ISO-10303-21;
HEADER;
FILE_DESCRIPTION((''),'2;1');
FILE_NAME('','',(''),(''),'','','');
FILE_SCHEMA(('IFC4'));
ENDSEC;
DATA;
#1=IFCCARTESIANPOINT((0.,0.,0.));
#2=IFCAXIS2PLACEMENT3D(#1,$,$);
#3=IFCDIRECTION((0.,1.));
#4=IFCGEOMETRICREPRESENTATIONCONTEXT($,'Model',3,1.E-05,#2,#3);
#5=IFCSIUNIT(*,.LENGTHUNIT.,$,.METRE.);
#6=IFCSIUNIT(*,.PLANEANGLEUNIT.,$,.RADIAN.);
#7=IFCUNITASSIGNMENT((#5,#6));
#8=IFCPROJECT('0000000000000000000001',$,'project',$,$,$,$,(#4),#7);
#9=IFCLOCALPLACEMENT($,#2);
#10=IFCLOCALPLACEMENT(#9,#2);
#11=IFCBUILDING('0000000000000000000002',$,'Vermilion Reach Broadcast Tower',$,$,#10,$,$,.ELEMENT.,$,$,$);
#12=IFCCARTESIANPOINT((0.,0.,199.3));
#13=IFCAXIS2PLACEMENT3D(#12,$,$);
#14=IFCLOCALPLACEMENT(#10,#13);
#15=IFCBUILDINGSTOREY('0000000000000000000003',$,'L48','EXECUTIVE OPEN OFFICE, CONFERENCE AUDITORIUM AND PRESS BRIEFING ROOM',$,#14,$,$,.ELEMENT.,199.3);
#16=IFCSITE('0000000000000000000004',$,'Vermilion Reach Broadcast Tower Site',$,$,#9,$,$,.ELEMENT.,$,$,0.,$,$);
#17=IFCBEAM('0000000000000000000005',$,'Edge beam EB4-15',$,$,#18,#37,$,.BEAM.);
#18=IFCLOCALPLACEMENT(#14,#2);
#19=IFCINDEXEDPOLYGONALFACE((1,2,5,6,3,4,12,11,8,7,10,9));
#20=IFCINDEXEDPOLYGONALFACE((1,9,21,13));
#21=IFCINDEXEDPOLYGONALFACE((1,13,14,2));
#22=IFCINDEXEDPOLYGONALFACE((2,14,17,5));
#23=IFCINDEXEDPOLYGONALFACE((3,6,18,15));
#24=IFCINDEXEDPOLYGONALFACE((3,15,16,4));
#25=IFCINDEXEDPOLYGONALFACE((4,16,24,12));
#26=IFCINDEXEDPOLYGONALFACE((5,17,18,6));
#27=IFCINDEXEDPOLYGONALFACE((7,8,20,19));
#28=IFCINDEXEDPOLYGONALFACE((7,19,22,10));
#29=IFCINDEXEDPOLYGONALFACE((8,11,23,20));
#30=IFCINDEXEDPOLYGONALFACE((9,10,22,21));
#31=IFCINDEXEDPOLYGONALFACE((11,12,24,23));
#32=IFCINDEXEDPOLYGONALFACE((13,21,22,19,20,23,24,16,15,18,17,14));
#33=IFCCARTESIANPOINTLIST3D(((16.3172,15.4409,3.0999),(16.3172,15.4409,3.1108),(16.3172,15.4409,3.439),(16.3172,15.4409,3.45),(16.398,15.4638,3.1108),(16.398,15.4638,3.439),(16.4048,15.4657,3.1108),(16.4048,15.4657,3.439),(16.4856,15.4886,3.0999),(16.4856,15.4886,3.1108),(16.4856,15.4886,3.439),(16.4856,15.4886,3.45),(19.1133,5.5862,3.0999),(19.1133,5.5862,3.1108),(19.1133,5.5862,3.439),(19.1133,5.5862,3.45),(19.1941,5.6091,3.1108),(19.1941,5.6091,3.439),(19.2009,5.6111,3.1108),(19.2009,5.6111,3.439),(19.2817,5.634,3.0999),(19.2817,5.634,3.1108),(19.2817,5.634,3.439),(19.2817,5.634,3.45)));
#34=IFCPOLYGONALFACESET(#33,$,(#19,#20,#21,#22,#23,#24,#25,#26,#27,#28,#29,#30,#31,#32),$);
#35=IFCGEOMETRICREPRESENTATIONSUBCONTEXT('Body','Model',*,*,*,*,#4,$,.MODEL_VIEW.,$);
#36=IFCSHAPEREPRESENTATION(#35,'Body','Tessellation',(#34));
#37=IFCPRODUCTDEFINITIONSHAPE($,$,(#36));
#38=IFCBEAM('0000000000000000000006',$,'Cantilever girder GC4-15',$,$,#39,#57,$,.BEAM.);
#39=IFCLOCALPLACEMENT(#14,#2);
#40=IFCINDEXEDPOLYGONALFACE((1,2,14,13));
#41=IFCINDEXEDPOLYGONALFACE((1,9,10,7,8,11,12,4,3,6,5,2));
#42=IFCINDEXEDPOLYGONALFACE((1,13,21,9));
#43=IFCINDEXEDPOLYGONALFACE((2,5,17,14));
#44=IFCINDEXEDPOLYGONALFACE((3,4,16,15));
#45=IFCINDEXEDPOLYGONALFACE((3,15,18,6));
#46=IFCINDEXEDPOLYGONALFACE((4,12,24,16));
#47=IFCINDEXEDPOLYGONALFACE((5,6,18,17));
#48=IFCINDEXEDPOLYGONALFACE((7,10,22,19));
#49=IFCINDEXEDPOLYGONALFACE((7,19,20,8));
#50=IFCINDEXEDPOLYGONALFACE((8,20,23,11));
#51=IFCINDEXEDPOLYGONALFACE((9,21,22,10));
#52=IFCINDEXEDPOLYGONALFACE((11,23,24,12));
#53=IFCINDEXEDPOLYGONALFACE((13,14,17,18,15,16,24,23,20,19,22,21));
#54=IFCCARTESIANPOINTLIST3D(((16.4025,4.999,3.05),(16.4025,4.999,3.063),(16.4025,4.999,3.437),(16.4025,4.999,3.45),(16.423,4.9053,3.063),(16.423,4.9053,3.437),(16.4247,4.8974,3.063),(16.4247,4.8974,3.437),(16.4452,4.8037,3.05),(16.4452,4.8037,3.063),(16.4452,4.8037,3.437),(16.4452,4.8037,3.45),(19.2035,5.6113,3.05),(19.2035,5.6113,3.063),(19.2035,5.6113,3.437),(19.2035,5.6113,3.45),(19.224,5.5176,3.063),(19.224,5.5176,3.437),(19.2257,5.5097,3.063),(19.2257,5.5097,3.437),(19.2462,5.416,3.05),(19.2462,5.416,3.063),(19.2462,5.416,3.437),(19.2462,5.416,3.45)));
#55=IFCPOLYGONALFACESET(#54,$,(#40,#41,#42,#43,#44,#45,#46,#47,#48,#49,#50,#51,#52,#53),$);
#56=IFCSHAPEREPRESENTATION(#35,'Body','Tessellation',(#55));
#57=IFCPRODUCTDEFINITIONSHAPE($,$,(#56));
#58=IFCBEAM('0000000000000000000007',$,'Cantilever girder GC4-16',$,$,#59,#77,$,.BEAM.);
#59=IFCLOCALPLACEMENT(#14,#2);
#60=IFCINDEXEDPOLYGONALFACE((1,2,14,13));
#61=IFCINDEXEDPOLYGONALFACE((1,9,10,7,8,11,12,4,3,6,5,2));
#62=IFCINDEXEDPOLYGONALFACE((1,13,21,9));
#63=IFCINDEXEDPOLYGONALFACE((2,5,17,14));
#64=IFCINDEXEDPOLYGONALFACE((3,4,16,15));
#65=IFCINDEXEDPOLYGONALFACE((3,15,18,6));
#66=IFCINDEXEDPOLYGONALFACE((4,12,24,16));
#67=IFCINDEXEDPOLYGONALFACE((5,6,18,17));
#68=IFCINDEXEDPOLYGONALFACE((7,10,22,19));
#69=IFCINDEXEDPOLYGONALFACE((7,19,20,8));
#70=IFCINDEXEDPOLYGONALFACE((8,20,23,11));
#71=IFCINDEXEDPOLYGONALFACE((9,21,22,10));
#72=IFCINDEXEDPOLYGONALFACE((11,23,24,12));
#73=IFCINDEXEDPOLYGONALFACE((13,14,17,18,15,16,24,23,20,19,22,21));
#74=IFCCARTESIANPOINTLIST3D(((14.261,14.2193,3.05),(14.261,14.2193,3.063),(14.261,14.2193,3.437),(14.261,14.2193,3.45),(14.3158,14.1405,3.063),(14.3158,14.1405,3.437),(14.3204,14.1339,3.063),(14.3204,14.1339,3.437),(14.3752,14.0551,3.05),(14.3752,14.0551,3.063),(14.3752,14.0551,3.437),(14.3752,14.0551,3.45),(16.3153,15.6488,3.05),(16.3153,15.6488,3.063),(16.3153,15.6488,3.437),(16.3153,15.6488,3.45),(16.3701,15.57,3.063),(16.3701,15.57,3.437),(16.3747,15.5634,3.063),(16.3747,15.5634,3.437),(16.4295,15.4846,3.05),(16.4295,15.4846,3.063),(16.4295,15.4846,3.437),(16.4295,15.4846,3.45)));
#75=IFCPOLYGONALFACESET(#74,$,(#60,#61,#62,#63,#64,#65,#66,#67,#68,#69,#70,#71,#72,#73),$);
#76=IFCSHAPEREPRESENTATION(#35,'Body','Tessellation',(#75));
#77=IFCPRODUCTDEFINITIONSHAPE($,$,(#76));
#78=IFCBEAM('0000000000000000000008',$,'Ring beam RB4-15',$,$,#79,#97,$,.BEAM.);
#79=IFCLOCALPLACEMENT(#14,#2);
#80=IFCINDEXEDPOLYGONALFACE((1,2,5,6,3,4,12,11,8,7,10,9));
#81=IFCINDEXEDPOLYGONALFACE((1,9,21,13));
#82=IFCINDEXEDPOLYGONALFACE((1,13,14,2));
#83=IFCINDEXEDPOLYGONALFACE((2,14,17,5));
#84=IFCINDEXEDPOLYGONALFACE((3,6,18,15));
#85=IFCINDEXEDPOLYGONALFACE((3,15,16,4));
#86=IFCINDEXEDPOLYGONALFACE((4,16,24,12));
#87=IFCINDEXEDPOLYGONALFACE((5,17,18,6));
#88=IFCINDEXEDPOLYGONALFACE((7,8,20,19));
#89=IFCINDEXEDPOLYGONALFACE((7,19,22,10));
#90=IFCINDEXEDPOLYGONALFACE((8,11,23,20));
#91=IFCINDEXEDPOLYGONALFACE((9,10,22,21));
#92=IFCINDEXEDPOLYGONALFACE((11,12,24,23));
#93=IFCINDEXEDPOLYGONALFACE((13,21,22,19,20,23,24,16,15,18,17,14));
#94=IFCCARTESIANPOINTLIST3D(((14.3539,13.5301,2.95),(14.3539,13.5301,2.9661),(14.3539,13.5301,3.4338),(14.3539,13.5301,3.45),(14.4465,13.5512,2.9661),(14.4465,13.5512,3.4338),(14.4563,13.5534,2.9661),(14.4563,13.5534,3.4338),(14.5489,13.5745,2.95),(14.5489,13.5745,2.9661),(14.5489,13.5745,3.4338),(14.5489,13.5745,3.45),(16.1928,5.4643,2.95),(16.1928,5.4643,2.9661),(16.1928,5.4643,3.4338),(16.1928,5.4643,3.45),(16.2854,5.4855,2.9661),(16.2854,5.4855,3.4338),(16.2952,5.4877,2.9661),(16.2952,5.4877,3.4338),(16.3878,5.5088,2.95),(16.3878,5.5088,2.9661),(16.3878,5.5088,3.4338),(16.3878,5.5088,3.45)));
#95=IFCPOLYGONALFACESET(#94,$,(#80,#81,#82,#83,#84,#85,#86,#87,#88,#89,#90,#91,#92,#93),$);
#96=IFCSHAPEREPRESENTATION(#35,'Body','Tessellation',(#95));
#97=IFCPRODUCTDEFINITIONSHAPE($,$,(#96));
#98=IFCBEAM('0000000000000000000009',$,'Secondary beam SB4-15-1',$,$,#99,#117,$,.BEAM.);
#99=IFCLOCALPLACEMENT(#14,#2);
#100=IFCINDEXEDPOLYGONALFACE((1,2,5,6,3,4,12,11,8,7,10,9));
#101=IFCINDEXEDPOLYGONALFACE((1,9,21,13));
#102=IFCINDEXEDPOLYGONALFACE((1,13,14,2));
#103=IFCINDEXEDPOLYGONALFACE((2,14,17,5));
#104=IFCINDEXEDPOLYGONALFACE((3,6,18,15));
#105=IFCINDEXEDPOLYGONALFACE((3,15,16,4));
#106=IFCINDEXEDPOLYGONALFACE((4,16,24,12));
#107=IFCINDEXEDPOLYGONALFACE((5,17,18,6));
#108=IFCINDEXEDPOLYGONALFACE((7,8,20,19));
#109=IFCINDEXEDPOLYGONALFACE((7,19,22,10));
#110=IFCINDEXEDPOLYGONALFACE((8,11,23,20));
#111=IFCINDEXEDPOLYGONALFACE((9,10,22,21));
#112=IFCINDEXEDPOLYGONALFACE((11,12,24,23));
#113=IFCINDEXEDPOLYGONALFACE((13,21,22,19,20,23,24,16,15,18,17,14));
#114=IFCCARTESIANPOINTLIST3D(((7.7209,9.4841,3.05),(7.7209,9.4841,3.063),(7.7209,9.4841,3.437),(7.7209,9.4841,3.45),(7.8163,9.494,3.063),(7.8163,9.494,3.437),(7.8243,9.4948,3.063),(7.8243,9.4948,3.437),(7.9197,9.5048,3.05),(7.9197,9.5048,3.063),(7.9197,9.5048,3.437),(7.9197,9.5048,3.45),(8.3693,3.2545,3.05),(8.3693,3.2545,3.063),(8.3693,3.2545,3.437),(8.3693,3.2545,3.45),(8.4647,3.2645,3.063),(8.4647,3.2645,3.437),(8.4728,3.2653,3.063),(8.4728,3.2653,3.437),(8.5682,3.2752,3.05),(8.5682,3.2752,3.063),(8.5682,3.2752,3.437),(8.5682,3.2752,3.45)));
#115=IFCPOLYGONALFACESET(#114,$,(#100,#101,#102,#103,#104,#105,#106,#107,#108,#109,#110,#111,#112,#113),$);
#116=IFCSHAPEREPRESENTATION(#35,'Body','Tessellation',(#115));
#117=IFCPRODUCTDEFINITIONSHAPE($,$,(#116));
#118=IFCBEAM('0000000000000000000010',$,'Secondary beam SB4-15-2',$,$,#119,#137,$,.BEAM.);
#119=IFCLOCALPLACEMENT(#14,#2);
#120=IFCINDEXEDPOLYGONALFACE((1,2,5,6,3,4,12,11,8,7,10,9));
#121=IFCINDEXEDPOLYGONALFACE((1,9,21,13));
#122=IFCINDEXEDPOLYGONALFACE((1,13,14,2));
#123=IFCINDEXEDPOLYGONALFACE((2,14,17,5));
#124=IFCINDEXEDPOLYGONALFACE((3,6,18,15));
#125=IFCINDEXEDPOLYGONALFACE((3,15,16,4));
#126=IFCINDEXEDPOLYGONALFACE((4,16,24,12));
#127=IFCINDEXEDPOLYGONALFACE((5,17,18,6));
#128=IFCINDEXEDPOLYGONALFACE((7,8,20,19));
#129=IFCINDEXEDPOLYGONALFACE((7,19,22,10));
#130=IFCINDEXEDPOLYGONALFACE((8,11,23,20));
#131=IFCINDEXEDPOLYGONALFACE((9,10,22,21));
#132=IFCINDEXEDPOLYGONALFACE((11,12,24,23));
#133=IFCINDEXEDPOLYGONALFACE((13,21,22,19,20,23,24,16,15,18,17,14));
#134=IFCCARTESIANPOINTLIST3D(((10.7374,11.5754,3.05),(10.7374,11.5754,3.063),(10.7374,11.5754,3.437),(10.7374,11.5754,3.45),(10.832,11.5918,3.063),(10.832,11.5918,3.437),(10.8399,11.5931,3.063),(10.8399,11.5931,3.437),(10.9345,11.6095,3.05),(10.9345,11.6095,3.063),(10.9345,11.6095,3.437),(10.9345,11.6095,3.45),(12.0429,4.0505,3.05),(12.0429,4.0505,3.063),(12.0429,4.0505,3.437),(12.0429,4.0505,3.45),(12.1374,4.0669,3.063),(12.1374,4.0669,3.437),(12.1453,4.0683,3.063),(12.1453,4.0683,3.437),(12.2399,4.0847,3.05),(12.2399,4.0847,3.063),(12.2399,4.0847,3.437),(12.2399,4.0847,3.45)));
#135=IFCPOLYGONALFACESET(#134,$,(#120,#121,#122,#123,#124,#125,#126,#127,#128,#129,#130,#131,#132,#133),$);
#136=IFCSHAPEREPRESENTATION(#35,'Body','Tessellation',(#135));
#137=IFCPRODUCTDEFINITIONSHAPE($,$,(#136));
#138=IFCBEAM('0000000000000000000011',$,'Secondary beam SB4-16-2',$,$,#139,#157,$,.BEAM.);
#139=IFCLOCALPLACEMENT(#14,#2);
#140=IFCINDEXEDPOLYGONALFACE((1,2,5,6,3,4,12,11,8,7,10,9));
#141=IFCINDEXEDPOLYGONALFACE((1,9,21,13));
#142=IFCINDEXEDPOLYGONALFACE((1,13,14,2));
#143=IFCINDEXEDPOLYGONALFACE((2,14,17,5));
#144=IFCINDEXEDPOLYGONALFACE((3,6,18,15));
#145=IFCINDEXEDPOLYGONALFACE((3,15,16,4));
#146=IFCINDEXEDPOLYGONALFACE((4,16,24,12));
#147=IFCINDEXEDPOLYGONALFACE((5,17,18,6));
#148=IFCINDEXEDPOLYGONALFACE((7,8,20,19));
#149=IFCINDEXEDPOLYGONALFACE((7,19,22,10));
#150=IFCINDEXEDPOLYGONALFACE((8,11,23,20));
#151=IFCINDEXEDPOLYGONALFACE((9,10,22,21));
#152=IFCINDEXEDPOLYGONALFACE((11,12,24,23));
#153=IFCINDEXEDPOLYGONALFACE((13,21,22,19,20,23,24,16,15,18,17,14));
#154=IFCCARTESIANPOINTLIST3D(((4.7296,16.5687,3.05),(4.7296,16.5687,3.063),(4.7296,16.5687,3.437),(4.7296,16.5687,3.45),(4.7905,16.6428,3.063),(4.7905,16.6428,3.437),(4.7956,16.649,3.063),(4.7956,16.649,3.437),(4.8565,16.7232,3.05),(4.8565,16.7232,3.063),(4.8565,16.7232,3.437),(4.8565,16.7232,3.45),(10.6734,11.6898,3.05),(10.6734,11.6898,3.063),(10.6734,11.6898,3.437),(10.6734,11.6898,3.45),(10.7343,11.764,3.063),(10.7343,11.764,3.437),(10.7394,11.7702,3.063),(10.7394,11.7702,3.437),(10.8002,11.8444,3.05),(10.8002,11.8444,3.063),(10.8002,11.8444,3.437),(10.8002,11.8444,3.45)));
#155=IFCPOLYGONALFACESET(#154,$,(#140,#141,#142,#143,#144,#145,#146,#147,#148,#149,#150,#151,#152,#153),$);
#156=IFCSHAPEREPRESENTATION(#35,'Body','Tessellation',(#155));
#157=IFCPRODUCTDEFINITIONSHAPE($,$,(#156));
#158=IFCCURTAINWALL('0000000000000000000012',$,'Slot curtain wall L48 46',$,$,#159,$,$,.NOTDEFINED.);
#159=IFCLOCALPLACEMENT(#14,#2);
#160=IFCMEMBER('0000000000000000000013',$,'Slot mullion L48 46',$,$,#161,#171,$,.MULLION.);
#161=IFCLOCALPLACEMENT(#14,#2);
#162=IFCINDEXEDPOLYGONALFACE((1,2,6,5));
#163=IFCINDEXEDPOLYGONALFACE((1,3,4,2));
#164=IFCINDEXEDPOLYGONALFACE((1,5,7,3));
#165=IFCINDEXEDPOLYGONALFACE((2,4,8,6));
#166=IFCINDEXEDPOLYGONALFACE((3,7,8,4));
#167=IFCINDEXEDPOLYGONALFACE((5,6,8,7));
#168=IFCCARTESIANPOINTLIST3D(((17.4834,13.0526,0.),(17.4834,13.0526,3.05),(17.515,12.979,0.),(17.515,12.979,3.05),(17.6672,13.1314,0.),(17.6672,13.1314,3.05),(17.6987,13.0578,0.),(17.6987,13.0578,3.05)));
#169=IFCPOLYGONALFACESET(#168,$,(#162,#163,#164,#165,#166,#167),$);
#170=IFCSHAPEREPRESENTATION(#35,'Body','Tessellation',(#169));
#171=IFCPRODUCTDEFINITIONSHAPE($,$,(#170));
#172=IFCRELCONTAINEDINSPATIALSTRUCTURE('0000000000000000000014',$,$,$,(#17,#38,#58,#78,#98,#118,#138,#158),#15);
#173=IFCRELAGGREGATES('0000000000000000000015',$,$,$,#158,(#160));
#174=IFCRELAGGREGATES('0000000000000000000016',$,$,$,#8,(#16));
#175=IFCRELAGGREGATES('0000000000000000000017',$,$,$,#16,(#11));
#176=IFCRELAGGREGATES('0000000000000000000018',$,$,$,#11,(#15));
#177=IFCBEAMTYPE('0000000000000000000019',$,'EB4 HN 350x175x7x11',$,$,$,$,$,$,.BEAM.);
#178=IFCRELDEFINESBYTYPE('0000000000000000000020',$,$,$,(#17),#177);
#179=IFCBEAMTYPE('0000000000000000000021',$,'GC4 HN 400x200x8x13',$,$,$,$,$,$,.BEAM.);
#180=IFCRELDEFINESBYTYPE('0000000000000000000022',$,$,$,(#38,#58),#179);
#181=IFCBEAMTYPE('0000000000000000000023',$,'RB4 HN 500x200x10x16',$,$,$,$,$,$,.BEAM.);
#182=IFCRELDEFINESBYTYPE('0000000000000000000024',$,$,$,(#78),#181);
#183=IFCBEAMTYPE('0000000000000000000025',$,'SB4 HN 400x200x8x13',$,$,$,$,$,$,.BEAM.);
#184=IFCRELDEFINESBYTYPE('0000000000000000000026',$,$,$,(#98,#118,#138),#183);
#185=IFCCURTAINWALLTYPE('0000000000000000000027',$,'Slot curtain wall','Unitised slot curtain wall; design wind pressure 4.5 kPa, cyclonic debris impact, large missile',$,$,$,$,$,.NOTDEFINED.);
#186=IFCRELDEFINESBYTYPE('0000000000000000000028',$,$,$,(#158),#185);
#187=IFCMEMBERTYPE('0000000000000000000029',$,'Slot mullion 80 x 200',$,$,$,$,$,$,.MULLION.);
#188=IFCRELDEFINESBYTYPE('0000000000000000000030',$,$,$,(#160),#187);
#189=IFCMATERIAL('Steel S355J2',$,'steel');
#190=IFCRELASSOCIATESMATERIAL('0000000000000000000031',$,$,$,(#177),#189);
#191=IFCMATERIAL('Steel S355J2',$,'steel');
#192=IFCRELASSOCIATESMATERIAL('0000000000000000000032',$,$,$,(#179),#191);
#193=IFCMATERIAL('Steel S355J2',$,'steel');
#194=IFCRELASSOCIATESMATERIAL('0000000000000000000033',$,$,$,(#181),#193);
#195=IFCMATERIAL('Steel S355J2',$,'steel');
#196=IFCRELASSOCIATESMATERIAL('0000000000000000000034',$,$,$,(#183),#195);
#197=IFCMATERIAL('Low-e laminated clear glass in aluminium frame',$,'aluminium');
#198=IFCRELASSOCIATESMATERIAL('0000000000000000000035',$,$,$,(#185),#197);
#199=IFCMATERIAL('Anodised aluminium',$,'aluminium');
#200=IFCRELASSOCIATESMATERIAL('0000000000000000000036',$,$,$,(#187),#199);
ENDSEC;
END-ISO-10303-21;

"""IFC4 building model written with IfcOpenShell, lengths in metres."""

from ifc_helpers import new_model, si_unit, direction, frame, origin, origin_2d, place, context, subcontext, project, spatial, rectangle, i_section, extrude, material, material_profile, profile_set, type_object, element, aggregate, save


model = new_model("IFC4")

# Units and contexts
model_context = context("Model", 3, precision=1e-05, world=origin(), true_north=direction((0.0, 1.0)))
body_context = subcontext(model_context, "Body", "Model", "MODEL_VIEW")
ifc_project = project(units=[si_unit("LENGTHUNIT", "METRE"), si_unit("PLANEANGLEUNIT", "RADIAN")], contexts=[model_context])

# Site, building, storey
site_placement = place(None, origin())
site = spatial("IfcSite", under=ifc_project, at=site_placement, Name="Vermilion Reach Broadcast Tower Site", CompositionType="ELEMENT", RefElevation=0.0)
building_placement = place(site_placement, origin())
building = spatial("IfcBuilding", under=site, at=building_placement, Name="Vermilion Reach Broadcast Tower", CompositionType="ELEMENT")
storey_placement = place(building_placement, frame((0.0, 0.0, 199.3)))
storey = spatial("IfcBuildingStorey", under=building, at=storey_placement, Name="L48", Description="EXECUTIVE OPEN OFFICE, CONFERENCE AUDITORIUM AND PRESS BRIEFING ROOM", CompositionType="ELEMENT", Elevation=199.3)

# Beams
ifc_material_1 = material(Name="Steel S355J2", Category="steel")
ifc_material_profile_1 = material_profile(ifc_material_1, i_section(OverallWidth=0.175, OverallDepth=0.3501, WebThickness=0.0071, FlangeThickness=0.011, at=origin_2d()), Name="S355J2 HN 350x175x7x11")
ifc_profile_set_1 = profile_set([ifc_material_profile_1], Name="Steel S355J2")
beam_type_1 = type_object("IfcBeamType", Name="EB4 HN 350x175x7x11", PredefinedType="BEAM", material=ifc_profile_set_1)
beam_1_placement = place(storey_placement, frame((19.1975, 5.6101, 3.2749), z_axis=(-0.272961, 0.962025, 0.0), x_axis=(-0.962025, -0.272961, 0.0)))
element("IfcBeam", 1, at=beam_1_placement, inside=storey, type_object=beam_type_1, Name="Edge beam EB4-15", PredefinedType="BEAM", context=body_context, shape_type="SweptSolid", body=[
    extrude(i_section(OverallWidth=0.175, OverallDepth=0.3501, WebThickness=0.0071, FlangeThickness=0.011, at=origin_2d()), origin(), (0.0, 0.0, 1.0), 10.2437),
])
ifc_material_2 = material(Name="Steel S355J2", Category="steel")
ifc_material_profile_2 = material_profile(ifc_material_2, i_section(OverallWidth=0.2, OverallDepth=0.3999, WebThickness=0.0081, FlangeThickness=0.0129, at=origin_2d()), Name="S355J2 HN 400x200x8x13")
ifc_profile_set_2 = profile_set([ifc_material_profile_2], Name="Steel S355J2")
beam_type_2 = type_object("IfcBeamType", Name="GC4 HN 400x200x8x13", PredefinedType="BEAM", material=ifc_profile_set_2)
beam_2_placement = place(storey_placement, frame((16.4238, 4.9014, 3.25), z_axis=(0.976931, 0.213557, 0.0), x_axis=(-0.213557, 0.976931, 0.0)))
element("IfcBeam", 2, at=beam_2_placement, inside=storey, type_object=beam_type_2, Name="Cantilever girder GC4-15", PredefinedType="BEAM", context=body_context, shape_type="SweptSolid", body=[
    extrude(i_section(OverallWidth=0.2, OverallDepth=0.3999, WebThickness=0.0081, FlangeThickness=0.0129, at=origin_2d()), origin(), (0.0, 0.0, 1.0), 2.8672),
])
beam_3_placement = place(storey_placement, frame((14.3181, 14.1372, 3.25), z_axis=(0.820824, 0.571182, 0.0), x_axis=(-0.571182, 0.820824, 0.0)))
element("IfcBeam", 3, at=beam_3_placement, inside=storey, type_object=beam_type_2, Name="Cantilever girder GC4-16", PredefinedType="BEAM", context=body_context, shape_type="SweptSolid", body=[
    extrude(i_section(OverallWidth=0.2, OverallDepth=0.3999, WebThickness=0.0081, FlangeThickness=0.0129, at=origin_2d()), origin(), (0.0, 0.0, 1.0), 2.5027),
])
ifc_material_3 = material(Name="Steel S355J2", Category="steel")
ifc_material_profile_3 = material_profile(ifc_material_3, i_section(OverallWidth=0.2, OverallDepth=0.5, WebThickness=0.01, FlangeThickness=0.0161, at=origin_2d()), Name="S355J2 HN 500x200x10x16")
ifc_profile_set_3 = profile_set([ifc_material_profile_3], Name="Steel S355J2")
beam_type_3 = type_object("IfcBeamType", Name="RB4 HN 500x200x10x16", PredefinedType="BEAM", material=ifc_profile_set_3)
beam_4_placement = place(storey_placement, frame((16.2903, 5.4866, 3.2), z_axis=(-0.222283, 0.974982, 0.0), x_axis=(-0.974982, -0.222283, 0.0)))
element("IfcBeam", 4, at=beam_4_placement, inside=storey, type_object=beam_type_3, Name="Ring beam RB4-15", PredefinedType="BEAM", context=body_context, shape_type="SweptSolid", body=[
    extrude(i_section(OverallWidth=0.2, OverallDepth=0.5, WebThickness=0.01, FlangeThickness=0.0161, at=origin_2d()), origin(), (0.0, 0.0, 1.0), 8.2727),
])
ifc_material_4 = material(Name="Steel S355J2", Category="steel")
ifc_material_profile_4 = material_profile(ifc_material_4, i_section(OverallWidth=0.2, OverallDepth=0.3999, WebThickness=0.0081, FlangeThickness=0.0129, at=origin_2d()), Name="S355J2 HN 400x200x8x13")
ifc_profile_set_4 = profile_set([ifc_material_profile_4], Name="Steel S355J2")
beam_type_4 = type_object("IfcBeamType", Name="SB4 HN 400x200x8x13", PredefinedType="BEAM", material=ifc_profile_set_4)
beam_5_placement = place(storey_placement, frame((8.4688, 3.2649, 3.25), z_axis=(-0.103532, 0.994626, 0.0), x_axis=(-0.994626, -0.103532, 0.0)))
element("IfcBeam", 5, at=beam_5_placement, inside=storey, type_object=beam_type_4, Name="Secondary beam SB4-15-1", PredefinedType="BEAM", context=body_context, shape_type="SweptSolid", body=[
    extrude(i_section(OverallWidth=0.2, OverallDepth=0.3999, WebThickness=0.0081, FlangeThickness=0.0129, at=origin_2d()), origin(), (0.0, 0.0, 1.0), 6.2632),
])
beam_6_placement = place(storey_placement, frame((12.1414, 4.0676, 3.25), z_axis=(-0.170927, 0.985284, 0.0), x_axis=(-0.985284, -0.170927, 0.0)))
element("IfcBeam", 6, at=beam_6_placement, inside=storey, type_object=beam_type_4, Name="Secondary beam SB4-15-2", PredefinedType="BEAM", context=body_context, shape_type="SweptSolid", body=[
    extrude(i_section(OverallWidth=0.2, OverallDepth=0.3999, WebThickness=0.0081, FlangeThickness=0.0129, at=origin_2d()), origin(), (0.0, 0.0, 1.0), 7.6372),
])
beam_7_placement = place(storey_placement, frame((10.7368, 11.7671, 3.25), z_axis=(-0.772952, 0.634465, 0.0), x_axis=(-0.634465, -0.772952, 0.0)))
element("IfcBeam", 7, at=beam_7_placement, inside=storey, type_object=beam_type_4, Name="Secondary beam SB4-16-2", PredefinedType="BEAM", context=body_context, shape_type="SweptSolid", body=[
    extrude(i_section(OverallWidth=0.2, OverallDepth=0.3999, WebThickness=0.0081, FlangeThickness=0.0129, at=origin_2d()), origin(), (0.0, 0.0, 1.0), 7.6897),
])

# Curtain wall, member
ifc_material_5 = material(Name="Low-e laminated clear glass in aluminium frame", Category="aluminium")
curtain_wall_type = type_object("IfcCurtainWallType", Name="Slot curtain wall", Description="Unitised slot curtain wall; design wind pressure 4.5 kPa, cyclonic debris impact, large missile", PredefinedType="NOTDEFINED", material=ifc_material_5)
curtain_wall_placement = place(storey_placement, origin())
curtain_wall = element("IfcCurtainWall", 8, at=curtain_wall_placement, inside=storey, type_object=curtain_wall_type, Name="Slot curtain wall L48 46", PredefinedType="NOTDEFINED")
ifc_material_6 = material(Name="Anodised aluminium", Category="aluminium")
ifc_material_profile_5 = material_profile(ifc_material_6, rectangle(XDim=0.2, YDim=0.0801, at=origin_2d()), Name="Slot mullion 80 x 200")
ifc_profile_set_5 = profile_set([ifc_material_profile_5], Name="Anodised aluminium")
member_type_1 = type_object("IfcMemberType", Name="Slot mullion 80 x 200", PredefinedType="MULLION", material=ifc_profile_set_5)
member_1_placement = place(storey_placement, frame((17.5911, 13.0552, 0.0), z_axis=(0.0, 0.0, 1.0), x_axis=(-0.91909, -0.394047, 0.0)))
member_1 = element("IfcMember", 9, at=member_1_placement, type_object=member_type_1, Name="Slot mullion L48 46", PredefinedType="MULLION", context=body_context, shape_type="SweptSolid", body=[
    extrude(rectangle(XDim=0.2, YDim=0.0801, at=origin_2d()), origin(), (0.0, 0.0, 1.0), 3.05),
])
aggregate(curtain_wall, [member_1])

save(model, "model.ifc")
